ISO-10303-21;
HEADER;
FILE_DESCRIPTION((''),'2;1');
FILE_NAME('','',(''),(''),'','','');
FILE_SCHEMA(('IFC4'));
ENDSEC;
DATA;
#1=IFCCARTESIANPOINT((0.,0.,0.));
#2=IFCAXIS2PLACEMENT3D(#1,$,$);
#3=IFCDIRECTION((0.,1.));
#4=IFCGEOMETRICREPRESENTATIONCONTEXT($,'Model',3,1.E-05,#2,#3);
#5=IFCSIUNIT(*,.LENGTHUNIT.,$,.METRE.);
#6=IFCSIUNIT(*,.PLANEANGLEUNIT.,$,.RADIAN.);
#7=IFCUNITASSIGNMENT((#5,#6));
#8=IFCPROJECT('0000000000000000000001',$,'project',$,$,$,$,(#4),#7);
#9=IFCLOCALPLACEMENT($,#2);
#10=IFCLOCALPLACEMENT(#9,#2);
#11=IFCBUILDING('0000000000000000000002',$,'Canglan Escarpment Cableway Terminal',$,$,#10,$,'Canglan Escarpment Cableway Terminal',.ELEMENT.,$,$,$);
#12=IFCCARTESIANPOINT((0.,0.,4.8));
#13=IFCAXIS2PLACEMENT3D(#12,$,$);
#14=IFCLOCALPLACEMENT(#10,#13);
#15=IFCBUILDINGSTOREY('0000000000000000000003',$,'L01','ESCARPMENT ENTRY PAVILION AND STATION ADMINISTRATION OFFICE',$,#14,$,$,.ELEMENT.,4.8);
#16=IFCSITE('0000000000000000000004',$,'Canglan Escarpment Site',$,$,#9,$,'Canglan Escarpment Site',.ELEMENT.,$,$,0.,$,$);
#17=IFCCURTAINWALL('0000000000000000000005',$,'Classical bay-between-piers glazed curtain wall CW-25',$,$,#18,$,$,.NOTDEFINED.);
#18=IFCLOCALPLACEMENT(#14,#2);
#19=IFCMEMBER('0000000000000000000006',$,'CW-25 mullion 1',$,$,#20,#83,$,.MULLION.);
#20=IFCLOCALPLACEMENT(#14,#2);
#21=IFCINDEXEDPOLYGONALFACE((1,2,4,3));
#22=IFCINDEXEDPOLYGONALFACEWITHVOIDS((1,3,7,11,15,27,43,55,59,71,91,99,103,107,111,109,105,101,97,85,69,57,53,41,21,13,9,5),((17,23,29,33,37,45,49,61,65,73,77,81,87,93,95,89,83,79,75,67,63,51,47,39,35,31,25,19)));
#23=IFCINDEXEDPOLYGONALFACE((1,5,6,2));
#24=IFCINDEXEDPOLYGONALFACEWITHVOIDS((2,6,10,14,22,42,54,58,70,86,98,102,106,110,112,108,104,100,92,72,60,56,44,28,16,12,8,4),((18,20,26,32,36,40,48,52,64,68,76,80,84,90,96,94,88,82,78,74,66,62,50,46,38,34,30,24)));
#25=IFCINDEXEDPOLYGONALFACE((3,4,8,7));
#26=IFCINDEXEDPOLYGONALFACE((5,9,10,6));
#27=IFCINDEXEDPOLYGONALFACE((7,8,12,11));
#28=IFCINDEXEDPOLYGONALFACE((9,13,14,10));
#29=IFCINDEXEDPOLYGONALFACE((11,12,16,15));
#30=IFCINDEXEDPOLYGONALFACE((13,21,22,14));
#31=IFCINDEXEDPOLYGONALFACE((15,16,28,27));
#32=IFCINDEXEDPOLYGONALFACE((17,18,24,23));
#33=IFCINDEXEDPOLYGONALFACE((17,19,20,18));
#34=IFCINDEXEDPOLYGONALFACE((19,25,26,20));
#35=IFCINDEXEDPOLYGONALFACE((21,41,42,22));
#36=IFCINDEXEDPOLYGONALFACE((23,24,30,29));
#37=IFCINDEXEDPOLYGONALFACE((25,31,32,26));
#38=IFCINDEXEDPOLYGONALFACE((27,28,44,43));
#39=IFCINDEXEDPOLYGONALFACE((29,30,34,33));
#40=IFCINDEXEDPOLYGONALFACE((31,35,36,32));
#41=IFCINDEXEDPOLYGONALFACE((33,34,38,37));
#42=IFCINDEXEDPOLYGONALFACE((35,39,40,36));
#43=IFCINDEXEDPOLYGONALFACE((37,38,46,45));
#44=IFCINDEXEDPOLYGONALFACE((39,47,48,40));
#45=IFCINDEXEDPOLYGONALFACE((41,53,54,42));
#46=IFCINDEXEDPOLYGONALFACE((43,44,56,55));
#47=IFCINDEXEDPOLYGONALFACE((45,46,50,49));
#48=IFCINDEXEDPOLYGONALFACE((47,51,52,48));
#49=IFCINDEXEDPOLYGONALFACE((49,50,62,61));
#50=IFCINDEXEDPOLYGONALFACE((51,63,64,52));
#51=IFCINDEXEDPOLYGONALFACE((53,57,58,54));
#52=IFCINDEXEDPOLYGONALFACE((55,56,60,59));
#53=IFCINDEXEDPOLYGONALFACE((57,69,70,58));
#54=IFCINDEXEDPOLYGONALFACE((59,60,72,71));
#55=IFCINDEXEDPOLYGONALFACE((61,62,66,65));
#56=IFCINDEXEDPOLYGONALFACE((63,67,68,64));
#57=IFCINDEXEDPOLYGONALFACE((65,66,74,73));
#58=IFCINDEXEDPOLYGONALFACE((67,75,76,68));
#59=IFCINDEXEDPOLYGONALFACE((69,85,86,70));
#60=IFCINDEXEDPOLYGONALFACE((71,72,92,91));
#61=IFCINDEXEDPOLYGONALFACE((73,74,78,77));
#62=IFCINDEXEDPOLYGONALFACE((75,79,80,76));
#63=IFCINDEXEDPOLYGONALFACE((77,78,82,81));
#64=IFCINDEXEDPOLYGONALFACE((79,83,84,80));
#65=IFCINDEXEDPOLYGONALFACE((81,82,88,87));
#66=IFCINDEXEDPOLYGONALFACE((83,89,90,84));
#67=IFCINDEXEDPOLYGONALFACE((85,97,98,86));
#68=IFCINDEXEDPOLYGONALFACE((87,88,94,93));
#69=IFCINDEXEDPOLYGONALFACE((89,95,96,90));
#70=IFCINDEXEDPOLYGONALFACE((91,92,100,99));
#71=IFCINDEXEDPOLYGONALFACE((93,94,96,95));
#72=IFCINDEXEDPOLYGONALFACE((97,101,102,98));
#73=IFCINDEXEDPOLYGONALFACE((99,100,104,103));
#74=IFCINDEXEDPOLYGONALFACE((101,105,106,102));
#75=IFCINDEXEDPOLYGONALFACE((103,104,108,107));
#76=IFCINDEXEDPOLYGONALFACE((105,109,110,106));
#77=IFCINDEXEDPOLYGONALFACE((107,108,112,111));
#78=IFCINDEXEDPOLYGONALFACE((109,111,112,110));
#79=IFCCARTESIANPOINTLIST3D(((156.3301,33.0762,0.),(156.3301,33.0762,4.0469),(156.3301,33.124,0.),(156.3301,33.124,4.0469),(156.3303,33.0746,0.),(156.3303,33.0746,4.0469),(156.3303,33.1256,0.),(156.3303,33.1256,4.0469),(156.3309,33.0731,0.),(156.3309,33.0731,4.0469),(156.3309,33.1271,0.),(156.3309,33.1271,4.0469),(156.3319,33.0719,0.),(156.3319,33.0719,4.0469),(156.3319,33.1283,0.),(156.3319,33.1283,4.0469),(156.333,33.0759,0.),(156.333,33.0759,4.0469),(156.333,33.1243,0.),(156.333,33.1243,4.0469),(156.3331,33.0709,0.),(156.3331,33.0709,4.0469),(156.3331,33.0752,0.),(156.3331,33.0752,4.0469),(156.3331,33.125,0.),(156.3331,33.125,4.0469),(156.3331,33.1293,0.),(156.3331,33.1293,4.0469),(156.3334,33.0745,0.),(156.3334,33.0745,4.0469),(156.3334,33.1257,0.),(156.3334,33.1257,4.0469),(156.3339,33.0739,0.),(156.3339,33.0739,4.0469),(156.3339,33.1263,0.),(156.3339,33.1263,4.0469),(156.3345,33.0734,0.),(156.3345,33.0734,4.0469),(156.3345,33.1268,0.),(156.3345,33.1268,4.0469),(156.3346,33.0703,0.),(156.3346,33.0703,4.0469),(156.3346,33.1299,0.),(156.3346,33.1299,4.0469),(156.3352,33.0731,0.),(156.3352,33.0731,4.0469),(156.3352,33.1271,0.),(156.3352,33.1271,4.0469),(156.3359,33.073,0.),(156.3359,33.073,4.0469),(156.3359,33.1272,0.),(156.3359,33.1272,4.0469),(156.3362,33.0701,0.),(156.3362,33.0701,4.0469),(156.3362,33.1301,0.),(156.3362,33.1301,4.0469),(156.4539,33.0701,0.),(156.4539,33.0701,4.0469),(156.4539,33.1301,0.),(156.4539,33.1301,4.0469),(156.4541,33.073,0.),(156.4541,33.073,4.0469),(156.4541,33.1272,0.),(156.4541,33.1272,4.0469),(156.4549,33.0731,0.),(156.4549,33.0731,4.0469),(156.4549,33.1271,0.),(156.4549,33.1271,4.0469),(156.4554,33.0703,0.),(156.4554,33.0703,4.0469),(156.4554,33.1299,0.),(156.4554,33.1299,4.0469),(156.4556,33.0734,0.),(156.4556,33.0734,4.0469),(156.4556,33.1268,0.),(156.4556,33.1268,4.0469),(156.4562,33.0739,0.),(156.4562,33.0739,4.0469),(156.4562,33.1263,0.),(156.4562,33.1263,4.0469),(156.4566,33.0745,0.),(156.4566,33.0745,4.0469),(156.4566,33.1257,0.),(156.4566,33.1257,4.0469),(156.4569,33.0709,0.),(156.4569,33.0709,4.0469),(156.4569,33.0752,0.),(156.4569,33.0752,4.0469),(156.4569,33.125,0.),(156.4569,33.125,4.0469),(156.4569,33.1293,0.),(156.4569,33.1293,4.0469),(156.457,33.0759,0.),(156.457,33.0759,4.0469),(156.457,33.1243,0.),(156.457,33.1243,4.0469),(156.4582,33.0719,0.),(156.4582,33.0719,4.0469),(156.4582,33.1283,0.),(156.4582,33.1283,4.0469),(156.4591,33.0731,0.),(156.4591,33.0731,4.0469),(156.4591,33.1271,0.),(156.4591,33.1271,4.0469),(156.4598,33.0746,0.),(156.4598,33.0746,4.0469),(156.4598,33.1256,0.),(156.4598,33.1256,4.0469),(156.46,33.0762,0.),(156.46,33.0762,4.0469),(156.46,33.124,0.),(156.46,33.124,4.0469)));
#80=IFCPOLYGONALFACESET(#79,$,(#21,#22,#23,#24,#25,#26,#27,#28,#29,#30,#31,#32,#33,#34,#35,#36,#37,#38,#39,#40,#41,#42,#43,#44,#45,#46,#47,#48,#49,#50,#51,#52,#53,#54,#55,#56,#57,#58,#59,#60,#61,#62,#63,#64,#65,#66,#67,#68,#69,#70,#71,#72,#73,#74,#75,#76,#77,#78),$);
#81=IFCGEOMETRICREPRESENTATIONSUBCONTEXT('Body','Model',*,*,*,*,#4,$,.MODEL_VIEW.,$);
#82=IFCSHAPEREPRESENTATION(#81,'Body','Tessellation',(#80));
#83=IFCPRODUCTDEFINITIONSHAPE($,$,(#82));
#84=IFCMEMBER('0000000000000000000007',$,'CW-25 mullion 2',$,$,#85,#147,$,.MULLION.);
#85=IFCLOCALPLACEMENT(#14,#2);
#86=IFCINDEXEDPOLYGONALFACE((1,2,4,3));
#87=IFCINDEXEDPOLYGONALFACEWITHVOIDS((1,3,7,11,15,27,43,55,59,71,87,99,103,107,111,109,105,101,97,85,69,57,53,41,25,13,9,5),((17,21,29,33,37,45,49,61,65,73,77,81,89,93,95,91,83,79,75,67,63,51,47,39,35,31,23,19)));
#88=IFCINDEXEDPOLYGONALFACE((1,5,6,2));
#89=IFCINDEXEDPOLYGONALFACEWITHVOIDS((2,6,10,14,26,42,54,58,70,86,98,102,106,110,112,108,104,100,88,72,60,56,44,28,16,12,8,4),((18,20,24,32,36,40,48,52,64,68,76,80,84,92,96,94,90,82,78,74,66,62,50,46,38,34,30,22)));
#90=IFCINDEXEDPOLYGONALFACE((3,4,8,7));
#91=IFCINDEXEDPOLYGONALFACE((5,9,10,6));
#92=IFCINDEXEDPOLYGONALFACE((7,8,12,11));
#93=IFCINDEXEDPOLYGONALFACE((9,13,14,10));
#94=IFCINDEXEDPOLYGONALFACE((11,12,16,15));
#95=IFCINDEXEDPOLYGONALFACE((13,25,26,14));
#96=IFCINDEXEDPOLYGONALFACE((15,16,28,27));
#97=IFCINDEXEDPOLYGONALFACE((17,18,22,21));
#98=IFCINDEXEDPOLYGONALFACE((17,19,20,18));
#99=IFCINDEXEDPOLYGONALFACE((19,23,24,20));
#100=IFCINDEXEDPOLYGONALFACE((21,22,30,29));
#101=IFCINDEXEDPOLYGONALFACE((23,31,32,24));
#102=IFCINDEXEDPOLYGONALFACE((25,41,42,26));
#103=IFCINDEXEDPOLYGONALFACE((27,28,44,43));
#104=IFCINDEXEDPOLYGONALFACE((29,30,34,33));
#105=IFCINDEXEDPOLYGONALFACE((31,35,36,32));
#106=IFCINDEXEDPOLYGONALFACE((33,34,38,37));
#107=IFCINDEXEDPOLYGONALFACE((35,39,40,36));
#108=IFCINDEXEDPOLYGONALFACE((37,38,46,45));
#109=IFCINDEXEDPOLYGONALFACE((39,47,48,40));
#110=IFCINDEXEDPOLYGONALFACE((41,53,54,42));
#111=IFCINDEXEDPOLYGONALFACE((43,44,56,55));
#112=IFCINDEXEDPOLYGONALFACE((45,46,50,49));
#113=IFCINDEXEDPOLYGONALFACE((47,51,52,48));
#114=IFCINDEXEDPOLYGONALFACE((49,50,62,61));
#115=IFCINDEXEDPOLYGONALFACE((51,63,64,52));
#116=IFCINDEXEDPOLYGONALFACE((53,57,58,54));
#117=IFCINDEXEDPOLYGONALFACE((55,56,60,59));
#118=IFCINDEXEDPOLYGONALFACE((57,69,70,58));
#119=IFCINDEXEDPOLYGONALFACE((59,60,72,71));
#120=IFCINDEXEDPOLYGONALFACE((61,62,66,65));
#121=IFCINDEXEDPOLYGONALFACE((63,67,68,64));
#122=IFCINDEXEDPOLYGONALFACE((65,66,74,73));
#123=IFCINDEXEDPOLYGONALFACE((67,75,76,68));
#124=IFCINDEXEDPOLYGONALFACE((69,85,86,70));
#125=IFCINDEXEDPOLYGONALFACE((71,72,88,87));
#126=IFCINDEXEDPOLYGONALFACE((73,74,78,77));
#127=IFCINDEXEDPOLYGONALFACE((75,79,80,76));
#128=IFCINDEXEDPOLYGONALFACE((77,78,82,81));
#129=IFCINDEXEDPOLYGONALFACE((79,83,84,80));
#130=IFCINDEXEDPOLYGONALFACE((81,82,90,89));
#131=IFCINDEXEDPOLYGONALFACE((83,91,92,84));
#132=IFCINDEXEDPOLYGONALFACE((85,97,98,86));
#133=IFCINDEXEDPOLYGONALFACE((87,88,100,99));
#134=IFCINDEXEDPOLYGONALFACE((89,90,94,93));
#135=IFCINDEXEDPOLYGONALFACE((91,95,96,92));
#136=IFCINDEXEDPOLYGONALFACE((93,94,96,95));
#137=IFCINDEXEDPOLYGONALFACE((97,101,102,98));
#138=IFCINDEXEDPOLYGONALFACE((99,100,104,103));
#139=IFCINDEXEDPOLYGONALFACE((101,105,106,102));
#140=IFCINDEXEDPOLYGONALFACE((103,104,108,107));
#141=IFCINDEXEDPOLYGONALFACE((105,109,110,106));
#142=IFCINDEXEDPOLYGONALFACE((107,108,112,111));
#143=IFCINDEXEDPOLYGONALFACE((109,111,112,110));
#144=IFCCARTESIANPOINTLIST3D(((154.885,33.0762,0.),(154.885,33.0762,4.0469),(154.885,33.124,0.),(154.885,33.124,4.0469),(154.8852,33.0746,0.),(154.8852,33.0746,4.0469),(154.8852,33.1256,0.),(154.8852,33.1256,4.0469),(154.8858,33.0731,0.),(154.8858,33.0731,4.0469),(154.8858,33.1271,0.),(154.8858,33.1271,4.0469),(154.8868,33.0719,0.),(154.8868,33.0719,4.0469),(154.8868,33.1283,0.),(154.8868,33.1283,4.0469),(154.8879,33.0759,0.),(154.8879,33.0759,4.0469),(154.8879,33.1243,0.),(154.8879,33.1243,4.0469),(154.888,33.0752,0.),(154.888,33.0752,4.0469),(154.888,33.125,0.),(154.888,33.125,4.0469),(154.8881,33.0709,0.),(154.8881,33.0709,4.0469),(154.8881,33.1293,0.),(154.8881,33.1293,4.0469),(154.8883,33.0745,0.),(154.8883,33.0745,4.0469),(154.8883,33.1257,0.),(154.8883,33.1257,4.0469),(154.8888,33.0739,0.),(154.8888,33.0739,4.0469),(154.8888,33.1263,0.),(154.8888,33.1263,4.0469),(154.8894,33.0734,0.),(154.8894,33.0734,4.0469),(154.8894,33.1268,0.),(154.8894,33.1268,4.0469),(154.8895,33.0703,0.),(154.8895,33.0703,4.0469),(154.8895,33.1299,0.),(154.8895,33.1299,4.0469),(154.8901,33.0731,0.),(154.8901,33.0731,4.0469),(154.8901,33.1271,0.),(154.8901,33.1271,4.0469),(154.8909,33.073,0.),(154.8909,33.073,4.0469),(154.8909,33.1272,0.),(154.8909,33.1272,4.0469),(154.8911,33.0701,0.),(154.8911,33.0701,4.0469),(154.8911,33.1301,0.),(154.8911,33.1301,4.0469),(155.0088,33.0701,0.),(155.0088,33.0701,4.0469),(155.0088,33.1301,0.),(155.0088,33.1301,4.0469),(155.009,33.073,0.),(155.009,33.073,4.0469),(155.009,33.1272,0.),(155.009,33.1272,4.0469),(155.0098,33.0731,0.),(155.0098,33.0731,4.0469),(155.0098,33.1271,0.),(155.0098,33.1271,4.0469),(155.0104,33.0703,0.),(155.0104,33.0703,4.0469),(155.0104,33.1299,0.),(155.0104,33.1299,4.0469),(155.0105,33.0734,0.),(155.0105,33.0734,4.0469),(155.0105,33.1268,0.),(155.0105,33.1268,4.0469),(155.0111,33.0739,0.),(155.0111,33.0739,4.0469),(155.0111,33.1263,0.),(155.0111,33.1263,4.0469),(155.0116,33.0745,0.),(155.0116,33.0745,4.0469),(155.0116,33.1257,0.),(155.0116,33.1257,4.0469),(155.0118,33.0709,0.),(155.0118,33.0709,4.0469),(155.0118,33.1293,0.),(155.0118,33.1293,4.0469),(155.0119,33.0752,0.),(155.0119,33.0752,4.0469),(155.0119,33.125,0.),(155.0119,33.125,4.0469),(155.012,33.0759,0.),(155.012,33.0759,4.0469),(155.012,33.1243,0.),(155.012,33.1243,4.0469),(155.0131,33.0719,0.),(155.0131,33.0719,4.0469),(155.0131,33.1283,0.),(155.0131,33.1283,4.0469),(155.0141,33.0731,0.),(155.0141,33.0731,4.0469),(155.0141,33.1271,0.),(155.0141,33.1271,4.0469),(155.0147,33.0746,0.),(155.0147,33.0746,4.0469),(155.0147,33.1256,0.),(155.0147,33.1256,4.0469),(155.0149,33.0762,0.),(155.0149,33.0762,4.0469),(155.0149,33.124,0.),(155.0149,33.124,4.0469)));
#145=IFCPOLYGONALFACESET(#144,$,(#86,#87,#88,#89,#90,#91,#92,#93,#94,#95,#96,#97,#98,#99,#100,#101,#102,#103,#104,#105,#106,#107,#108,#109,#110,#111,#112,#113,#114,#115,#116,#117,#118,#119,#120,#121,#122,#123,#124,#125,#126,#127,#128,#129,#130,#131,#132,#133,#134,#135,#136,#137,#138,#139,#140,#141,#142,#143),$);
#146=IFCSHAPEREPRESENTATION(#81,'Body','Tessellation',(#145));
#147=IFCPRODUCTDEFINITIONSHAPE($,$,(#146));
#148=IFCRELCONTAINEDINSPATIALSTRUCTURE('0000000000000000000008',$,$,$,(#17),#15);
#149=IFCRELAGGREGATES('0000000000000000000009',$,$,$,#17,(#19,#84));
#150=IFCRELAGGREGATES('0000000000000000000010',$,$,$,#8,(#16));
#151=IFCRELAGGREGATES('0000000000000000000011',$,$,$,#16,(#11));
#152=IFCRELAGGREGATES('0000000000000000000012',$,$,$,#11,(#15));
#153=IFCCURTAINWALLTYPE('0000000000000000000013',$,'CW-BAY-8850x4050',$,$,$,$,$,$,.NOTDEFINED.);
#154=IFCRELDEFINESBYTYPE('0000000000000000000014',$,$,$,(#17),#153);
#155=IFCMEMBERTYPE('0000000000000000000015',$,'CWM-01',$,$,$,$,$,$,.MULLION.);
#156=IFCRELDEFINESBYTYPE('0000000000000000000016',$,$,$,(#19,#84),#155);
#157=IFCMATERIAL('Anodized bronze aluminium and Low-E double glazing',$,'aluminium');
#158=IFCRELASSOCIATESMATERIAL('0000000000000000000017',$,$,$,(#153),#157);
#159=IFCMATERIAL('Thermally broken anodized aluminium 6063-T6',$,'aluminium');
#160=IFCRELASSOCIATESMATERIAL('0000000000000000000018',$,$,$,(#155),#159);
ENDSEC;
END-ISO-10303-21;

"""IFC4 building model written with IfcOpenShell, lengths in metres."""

from ifc_helpers import new_model, si_unit, direction, frame, origin, origin_2d, place, context, subcontext, project, spatial, hollow_rectangle, extrude, material, material_profile, profile_set, type_object, element, aggregate, save


model = new_model("IFC4")

# Units and contexts
model_context = context("Model", 3, precision=1e-05, world=origin(), true_north=direction((0.0, 1.0)))
body_context = subcontext(model_context, "Body", "Model", "MODEL_VIEW")
ifc_project = project(units=[si_unit("LENGTHUNIT", "METRE"), si_unit("PLANEANGLEUNIT", "RADIAN")], contexts=[model_context])

# Site, building, storey
site_placement = place(None, origin())
site = spatial("IfcSite", under=ifc_project, at=site_placement, Name="Canglan Escarpment Site", LongName="Canglan Escarpment Site", CompositionType="ELEMENT", RefElevation=0.0)
building_placement = place(site_placement, origin())
building = spatial("IfcBuilding", under=site, at=building_placement, Name="Canglan Escarpment Cableway Terminal", LongName="Canglan Escarpment Cableway Terminal", CompositionType="ELEMENT")
storey_placement = place(building_placement, frame((0.0, 0.0, 4.8)))
storey = spatial("IfcBuildingStorey", under=building, at=storey_placement, Name="L01", Description="ESCARPMENT ENTRY PAVILION AND STATION ADMINISTRATION OFFICE", CompositionType="ELEMENT", Elevation=4.8)

# Curtain wall, members
ifc_material_1 = material(Name="Anodized bronze aluminium and Low-E double glazing", Category="aluminium")
curtain_wall_type = type_object("IfcCurtainWallType", Name="CW-BAY-8850x4050", PredefinedType="NOTDEFINED", material=ifc_material_1)
curtain_wall_placement = place(storey_placement, origin())
curtain_wall = element("IfcCurtainWall", 1, at=curtain_wall_placement, inside=storey, type_object=curtain_wall_type, Name="Classical bay-between-piers glazed curtain wall CW-25", PredefinedType="NOTDEFINED")
ifc_material_2 = material(Name="Thermally broken anodized aluminium 6063-T6", Category="aluminium")
ifc_material_profile_1 = material_profile(ifc_material_2, hollow_rectangle(XDim=0.0601, YDim=0.1299, WallThickness=0.0029, InnerFilletRadius=0.0029, OuterFilletRadius=0.0061, at=origin_2d()), Name="ALU-MULL 60x130x3")
ifc_profile_set_1 = profile_set([ifc_material_profile_1], Name="Thermally broken anodized aluminium 6063-T6")
member_type_1 = type_object("IfcMemberType", Name="CWM-01", PredefinedType="MULLION", material=ifc_profile_set_1)
member_1_placement = place(storey_placement, frame((156.395, 33.1001, 0.0), z_axis=(0.0, 0.0, 1.0), x_axis=(0.0, -1.0, 0.0)))
member_1 = element("IfcMember", 2, at=member_1_placement, type_object=member_type_1, Name="CW-25 mullion 1", PredefinedType="MULLION", context=body_context, shape_type="SweptSolid", body=[
    extrude(hollow_rectangle(XDim=0.0601, YDim=0.1299, WallThickness=0.0029, InnerFilletRadius=0.0029, OuterFilletRadius=0.0061, at=origin_2d()), origin(), (0.0, 0.0, 1.0), 4.0469),
])
member_2_placement = place(storey_placement, frame((154.95, 33.1001, 0.0), z_axis=(0.0, 0.0, 1.0), x_axis=(0.0, -1.0, 0.0)))
member_2 = element("IfcMember", 3, at=member_2_placement, type_object=member_type_1, Name="CW-25 mullion 2", PredefinedType="MULLION", context=body_context, shape_type="SweptSolid", body=[
    extrude(hollow_rectangle(XDim=0.0601, YDim=0.1299, WallThickness=0.0029, InnerFilletRadius=0.0029, OuterFilletRadius=0.0061, at=origin_2d()), origin(), (0.0, 0.0, 1.0), 4.0469),
])
aggregate(curtain_wall, [member_1, member_2])

save(model, "model.ifc")
